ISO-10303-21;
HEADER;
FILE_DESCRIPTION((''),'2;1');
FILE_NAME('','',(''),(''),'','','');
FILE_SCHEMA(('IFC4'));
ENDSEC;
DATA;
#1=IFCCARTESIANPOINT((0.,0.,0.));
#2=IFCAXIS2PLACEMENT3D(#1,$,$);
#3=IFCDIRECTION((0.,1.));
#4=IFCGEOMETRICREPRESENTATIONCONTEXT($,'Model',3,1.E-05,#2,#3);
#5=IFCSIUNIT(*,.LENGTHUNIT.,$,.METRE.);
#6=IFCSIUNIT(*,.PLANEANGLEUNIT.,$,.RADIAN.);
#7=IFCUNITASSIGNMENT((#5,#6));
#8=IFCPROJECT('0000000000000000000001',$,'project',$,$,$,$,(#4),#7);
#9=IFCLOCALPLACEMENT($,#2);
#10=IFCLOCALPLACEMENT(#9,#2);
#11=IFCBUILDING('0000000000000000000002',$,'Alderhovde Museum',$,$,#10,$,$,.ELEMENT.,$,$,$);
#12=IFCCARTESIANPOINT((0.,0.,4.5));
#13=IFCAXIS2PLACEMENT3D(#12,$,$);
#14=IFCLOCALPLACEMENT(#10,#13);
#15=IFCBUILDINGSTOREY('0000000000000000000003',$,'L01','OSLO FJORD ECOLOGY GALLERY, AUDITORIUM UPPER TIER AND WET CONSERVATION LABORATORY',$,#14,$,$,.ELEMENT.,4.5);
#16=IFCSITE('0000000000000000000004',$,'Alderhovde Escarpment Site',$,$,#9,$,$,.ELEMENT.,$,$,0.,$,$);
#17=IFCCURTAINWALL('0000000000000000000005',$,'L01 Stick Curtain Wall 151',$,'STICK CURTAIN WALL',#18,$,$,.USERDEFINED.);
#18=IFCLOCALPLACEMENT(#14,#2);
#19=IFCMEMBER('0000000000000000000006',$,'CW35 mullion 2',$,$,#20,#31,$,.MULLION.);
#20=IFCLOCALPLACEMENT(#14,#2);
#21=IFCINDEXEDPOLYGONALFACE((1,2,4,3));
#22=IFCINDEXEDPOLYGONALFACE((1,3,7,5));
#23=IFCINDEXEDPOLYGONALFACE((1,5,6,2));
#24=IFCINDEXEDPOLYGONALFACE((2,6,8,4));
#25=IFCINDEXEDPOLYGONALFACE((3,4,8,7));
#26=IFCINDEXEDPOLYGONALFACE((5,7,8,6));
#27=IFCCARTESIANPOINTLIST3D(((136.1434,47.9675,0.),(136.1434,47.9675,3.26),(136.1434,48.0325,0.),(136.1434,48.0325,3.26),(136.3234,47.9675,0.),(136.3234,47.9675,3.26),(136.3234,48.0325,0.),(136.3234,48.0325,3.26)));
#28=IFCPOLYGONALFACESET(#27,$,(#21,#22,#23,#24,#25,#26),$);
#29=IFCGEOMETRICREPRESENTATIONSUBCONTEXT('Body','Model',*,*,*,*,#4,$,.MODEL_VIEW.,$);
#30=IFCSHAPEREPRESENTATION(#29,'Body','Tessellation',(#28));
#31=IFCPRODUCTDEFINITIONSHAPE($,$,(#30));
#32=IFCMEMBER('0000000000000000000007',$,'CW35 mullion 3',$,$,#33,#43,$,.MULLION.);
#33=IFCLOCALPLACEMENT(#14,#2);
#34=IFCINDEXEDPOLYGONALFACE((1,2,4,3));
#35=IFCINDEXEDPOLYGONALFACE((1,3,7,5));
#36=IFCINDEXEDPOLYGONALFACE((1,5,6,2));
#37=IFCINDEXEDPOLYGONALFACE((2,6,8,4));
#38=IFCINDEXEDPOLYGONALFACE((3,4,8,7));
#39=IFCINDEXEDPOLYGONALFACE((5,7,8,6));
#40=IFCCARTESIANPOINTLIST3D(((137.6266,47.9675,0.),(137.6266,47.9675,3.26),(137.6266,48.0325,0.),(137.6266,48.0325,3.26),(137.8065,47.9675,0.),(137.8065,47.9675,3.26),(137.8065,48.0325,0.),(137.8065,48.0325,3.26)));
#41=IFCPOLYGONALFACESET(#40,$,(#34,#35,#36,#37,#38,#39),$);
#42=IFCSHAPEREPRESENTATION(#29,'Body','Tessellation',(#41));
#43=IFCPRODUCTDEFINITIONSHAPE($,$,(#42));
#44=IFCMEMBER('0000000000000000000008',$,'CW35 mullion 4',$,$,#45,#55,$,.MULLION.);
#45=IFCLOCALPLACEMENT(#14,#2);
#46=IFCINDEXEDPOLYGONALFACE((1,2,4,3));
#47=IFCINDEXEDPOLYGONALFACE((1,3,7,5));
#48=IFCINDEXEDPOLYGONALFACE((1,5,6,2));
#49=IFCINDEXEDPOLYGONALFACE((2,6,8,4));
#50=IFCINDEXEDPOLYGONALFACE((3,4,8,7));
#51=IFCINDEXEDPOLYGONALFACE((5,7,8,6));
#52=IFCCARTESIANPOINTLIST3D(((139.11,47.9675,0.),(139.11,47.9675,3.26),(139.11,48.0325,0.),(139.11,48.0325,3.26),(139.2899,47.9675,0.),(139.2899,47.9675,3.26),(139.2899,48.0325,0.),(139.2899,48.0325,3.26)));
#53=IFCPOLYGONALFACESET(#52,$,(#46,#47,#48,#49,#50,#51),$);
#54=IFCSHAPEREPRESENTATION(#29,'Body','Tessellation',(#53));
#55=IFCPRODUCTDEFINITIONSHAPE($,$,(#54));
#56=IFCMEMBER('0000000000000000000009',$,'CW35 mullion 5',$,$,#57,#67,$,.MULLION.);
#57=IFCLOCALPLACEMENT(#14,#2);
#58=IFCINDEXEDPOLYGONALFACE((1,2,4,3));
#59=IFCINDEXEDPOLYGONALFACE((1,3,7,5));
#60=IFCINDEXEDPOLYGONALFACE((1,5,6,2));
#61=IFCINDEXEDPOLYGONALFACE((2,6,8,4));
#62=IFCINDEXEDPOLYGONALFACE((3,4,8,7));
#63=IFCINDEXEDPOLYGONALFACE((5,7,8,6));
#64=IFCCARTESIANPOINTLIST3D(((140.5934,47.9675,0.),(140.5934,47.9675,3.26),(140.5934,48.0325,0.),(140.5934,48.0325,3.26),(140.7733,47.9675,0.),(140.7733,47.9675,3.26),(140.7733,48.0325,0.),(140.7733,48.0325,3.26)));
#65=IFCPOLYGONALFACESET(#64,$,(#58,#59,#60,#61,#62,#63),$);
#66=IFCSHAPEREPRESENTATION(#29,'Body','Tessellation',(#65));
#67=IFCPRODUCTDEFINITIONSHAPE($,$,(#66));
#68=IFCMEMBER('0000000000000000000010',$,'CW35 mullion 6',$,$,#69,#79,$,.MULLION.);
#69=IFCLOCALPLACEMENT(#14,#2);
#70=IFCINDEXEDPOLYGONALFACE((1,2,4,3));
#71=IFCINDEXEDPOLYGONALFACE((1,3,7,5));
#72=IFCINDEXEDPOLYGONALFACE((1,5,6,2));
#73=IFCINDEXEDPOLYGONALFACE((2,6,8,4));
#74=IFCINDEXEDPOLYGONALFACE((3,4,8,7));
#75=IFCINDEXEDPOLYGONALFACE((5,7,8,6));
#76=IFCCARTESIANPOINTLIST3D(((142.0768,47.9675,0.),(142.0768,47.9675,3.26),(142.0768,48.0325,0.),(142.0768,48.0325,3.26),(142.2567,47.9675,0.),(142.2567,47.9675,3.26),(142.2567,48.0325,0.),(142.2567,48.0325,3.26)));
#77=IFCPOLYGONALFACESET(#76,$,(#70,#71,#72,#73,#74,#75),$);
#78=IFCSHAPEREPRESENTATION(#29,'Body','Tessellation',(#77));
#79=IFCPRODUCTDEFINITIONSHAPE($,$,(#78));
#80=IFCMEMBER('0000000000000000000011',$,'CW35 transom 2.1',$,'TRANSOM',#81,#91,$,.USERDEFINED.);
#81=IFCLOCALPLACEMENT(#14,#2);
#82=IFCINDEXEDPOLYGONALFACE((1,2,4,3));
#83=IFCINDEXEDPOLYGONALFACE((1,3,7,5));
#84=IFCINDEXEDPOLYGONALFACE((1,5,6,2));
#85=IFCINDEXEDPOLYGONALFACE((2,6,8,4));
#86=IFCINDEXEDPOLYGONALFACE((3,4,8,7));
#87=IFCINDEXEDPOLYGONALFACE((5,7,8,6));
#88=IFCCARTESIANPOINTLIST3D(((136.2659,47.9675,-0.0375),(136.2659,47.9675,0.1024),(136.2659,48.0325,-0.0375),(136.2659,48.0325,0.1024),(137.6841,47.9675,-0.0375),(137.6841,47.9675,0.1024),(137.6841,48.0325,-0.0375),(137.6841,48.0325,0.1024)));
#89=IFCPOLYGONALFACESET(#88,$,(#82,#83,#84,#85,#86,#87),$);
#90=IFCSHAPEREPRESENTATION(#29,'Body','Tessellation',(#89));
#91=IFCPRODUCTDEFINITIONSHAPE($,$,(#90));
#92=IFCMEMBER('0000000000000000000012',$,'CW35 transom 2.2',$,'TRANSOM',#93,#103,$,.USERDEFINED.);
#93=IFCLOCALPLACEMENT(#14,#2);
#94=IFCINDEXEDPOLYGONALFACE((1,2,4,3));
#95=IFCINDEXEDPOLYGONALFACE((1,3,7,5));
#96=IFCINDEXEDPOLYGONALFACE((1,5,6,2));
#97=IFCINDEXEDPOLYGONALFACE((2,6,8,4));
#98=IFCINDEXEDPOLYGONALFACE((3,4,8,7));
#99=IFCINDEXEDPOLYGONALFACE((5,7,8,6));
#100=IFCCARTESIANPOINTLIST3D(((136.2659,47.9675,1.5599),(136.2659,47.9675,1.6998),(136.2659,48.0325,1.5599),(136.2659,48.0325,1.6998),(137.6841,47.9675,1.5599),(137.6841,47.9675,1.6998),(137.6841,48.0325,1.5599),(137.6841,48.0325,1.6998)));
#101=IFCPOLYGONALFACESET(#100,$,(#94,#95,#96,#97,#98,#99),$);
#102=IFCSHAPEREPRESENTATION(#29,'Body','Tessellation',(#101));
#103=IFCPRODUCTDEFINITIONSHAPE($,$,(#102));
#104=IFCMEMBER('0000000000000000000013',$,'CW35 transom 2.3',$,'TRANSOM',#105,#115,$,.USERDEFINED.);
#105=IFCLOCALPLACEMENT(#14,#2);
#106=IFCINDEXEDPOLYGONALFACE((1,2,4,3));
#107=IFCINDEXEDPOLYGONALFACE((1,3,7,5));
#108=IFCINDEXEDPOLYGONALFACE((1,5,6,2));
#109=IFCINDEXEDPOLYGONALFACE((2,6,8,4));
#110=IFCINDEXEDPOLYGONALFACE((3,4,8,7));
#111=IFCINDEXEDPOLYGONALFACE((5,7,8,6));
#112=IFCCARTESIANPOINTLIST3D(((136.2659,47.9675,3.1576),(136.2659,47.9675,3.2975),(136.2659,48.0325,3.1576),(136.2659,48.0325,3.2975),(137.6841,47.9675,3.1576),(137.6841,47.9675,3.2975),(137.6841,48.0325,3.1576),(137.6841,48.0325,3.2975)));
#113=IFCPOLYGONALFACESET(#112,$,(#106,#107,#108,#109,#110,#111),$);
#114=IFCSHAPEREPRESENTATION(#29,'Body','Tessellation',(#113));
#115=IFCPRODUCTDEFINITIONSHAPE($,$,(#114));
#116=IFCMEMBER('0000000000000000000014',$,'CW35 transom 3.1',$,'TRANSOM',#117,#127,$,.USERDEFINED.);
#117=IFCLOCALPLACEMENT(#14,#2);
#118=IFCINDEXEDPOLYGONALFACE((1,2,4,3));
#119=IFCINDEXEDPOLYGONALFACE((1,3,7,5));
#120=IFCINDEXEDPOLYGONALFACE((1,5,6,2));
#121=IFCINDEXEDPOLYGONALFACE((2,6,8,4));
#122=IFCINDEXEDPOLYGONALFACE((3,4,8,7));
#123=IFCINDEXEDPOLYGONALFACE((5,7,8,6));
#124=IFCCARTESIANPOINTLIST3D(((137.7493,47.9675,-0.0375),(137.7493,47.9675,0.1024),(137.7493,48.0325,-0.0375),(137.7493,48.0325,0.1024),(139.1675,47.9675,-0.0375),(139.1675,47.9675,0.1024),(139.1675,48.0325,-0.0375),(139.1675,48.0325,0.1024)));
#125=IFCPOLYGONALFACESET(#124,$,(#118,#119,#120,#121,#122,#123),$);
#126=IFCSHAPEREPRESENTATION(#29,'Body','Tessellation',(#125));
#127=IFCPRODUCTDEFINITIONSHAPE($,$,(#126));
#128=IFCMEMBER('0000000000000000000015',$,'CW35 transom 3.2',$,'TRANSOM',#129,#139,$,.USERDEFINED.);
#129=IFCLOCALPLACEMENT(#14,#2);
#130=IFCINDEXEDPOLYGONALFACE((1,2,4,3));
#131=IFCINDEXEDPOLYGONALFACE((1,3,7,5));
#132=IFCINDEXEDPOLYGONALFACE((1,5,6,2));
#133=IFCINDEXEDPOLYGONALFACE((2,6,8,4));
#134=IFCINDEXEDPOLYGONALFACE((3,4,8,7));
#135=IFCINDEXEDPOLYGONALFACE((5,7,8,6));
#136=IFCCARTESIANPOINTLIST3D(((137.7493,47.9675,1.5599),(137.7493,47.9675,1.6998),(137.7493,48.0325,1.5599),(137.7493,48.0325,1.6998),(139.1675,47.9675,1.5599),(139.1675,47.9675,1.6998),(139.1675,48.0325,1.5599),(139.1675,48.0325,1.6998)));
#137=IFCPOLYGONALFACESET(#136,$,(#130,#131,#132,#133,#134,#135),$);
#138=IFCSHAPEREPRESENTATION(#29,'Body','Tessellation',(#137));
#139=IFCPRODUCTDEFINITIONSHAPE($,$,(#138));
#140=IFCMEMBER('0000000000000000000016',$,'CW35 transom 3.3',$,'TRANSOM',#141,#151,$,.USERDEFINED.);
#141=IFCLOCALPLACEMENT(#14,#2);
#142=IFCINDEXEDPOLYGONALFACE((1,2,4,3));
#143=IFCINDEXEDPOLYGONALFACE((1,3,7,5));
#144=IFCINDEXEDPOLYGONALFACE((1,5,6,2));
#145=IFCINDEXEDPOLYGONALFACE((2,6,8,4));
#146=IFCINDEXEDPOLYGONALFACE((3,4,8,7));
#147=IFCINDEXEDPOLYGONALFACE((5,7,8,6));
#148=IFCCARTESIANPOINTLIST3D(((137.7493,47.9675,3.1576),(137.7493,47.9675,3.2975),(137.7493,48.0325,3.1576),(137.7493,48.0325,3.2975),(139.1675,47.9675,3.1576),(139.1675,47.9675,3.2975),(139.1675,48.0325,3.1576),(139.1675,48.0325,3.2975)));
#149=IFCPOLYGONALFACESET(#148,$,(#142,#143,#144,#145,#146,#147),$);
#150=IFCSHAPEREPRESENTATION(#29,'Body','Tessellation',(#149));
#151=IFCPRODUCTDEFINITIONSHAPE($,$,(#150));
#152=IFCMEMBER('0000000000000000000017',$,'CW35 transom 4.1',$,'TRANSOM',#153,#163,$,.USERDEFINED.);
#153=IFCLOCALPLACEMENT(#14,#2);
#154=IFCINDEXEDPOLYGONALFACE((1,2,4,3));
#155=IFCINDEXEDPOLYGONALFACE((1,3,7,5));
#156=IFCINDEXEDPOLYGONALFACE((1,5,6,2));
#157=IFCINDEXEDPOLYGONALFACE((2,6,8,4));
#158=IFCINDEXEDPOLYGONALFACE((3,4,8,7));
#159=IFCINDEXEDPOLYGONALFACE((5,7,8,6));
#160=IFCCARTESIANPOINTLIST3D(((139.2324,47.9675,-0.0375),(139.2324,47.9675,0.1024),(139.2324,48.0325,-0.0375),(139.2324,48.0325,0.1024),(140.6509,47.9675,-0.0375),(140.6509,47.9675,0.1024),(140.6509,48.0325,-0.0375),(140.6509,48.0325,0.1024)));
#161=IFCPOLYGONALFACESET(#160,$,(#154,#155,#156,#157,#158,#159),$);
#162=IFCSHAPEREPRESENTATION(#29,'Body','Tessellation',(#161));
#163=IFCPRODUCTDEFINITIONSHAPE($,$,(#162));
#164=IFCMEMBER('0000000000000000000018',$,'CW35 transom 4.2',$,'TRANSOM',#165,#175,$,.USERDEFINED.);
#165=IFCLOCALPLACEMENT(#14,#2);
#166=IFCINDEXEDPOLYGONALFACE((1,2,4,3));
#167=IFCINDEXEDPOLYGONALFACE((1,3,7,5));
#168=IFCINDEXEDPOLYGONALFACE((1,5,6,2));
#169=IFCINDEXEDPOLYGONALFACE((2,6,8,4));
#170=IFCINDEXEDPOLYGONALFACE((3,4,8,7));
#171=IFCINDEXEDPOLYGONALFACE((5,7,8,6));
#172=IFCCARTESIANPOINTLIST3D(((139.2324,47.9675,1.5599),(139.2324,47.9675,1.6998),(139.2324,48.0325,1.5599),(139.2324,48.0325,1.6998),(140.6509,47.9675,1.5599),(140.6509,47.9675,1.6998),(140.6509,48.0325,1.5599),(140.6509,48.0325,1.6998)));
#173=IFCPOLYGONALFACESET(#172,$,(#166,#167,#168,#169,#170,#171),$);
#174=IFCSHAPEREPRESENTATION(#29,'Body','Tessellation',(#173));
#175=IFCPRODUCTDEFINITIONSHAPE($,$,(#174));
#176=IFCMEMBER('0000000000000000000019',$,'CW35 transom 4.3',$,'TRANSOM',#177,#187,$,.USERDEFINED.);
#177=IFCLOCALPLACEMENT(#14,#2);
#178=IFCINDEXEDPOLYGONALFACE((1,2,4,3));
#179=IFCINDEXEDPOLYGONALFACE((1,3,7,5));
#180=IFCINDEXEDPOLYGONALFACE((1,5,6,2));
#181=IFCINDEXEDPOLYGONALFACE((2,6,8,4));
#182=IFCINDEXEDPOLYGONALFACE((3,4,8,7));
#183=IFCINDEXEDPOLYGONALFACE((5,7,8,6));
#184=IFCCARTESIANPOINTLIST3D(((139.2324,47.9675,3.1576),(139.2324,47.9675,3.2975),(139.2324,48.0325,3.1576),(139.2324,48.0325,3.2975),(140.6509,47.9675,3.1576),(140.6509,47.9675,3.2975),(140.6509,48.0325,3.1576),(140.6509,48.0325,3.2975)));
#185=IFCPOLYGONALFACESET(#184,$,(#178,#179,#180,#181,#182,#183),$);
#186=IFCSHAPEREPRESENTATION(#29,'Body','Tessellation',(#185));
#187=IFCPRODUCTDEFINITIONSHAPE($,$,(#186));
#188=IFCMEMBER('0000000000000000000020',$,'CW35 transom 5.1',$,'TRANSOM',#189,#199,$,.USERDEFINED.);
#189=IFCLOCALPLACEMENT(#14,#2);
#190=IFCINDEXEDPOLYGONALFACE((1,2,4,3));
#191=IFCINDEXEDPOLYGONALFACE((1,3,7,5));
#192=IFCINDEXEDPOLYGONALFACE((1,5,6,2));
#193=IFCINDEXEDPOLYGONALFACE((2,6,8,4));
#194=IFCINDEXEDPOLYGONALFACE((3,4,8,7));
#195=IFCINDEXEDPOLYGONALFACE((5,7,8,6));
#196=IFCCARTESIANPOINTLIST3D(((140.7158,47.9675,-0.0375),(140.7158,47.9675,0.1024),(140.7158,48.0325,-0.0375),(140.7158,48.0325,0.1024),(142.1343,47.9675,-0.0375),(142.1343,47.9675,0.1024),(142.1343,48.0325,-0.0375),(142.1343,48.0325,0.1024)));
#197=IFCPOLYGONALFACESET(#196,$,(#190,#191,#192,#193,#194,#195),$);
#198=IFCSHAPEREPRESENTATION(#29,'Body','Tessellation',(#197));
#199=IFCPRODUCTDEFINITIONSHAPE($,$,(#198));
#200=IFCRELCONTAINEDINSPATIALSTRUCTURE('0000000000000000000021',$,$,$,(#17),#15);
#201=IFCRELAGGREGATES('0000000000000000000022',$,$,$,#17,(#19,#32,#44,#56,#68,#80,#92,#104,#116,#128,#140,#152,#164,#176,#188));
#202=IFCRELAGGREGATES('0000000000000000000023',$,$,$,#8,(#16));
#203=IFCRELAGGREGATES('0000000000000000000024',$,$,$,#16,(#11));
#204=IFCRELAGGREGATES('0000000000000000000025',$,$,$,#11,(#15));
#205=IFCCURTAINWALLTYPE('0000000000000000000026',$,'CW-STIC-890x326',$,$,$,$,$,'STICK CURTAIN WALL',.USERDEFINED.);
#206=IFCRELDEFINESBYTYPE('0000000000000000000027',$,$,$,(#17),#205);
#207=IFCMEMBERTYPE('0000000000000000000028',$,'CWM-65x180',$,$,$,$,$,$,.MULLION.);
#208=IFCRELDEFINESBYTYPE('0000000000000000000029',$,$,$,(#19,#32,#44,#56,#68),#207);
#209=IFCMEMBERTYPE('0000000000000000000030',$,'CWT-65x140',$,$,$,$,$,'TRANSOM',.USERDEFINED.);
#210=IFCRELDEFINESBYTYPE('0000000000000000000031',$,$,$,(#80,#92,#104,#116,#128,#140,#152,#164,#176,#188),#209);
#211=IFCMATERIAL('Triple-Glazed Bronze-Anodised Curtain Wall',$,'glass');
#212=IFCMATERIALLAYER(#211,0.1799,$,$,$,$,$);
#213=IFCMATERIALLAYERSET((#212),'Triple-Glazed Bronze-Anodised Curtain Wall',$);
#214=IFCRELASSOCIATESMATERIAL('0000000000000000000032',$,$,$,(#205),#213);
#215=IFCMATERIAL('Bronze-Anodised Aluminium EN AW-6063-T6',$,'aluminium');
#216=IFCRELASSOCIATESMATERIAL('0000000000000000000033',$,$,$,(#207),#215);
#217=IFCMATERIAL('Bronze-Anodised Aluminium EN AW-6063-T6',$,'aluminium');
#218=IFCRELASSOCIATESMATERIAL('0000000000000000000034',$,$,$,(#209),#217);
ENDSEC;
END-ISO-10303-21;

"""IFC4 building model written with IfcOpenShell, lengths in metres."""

from ifc_helpers import new_model, si_unit, direction, frame, origin, origin_2d, place, context, subcontext, project, spatial, rectangle, extrude, material, layer, layer_set, material_profile, profile_set, type_object, element, aggregate, save


model = new_model("IFC4")

# Units and contexts
model_context = context("Model", 3, precision=1e-05, world=origin(), true_north=direction((0.0, 1.0)))
body_context = subcontext(model_context, "Body", "Model", "MODEL_VIEW")
ifc_project = project(units=[si_unit("LENGTHUNIT", "METRE"), si_unit("PLANEANGLEUNIT", "RADIAN")], contexts=[model_context])

# Site, building, storey
site_placement = place(None, origin())
site = spatial("IfcSite", under=ifc_project, at=site_placement, Name="Alderhovde Escarpment Site", CompositionType="ELEMENT", RefElevation=0.0)
building_placement = place(site_placement, origin())
building = spatial("IfcBuilding", under=site, at=building_placement, Name="Alderhovde Museum", CompositionType="ELEMENT")
storey_placement = place(building_placement, frame((0.0, 0.0, 4.5)))
storey = spatial("IfcBuildingStorey", under=building, at=storey_placement, Name="L01", Description="OSLO FJORD ECOLOGY GALLERY, AUDITORIUM UPPER TIER AND WET CONSERVATION LABORATORY", CompositionType="ELEMENT", Elevation=4.5)

# Curtain wall, members
ifc_material_1 = material(Name="Triple-Glazed Bronze-Anodised Curtain Wall", Category="glass")
ifc_layer_1 = layer(ifc_material_1, 0.1799)
ifc_layer_set_1 = layer_set([ifc_layer_1], Name="Triple-Glazed Bronze-Anodised Curtain Wall")
curtain_wall_type = type_object("IfcCurtainWallType", Name="CW-STIC-890x326", ElementType="STICK CURTAIN WALL", PredefinedType="USERDEFINED", material=ifc_layer_set_1)
curtain_wall_placement = place(storey_placement, origin())
curtain_wall = element("IfcCurtainWall", 1, at=curtain_wall_placement, inside=storey, type_object=curtain_wall_type, Name="L01 Stick Curtain Wall 151", ObjectType="STICK CURTAIN WALL", PredefinedType="USERDEFINED")
ifc_material_2 = material(Name="Bronze-Anodised Aluminium EN AW-6063-T6", Category="aluminium")
ifc_material_profile_1 = material_profile(ifc_material_2, rectangle(XDim=0.0649, YDim=0.1799, at=origin_2d()), Name="MULLION 65x180")
ifc_profile_set_1 = profile_set([ifc_material_profile_1], Name="Bronze-Anodised Aluminium EN AW-6063-T6")
member_type_1 = type_object("IfcMemberType", Name="CWM-65x180", PredefinedType="MULLION", material=ifc_profile_set_1)
member_1_placement = place(storey_placement, frame((136.2334, 48.0, 0.0), z_axis=(0.0, 0.0, 1.0), x_axis=(0.0, 1.0, 0.0)))
member_1 = element("IfcMember", 2, at=member_1_placement, type_object=member_type_1, Name="CW35 mullion 2", PredefinedType="MULLION", context=body_context, shape_type="SweptSolid", body=[
    extrude(rectangle(XDim=0.0649, YDim=0.1799, at=origin_2d()), origin(), (0.0, 0.0, 1.0), 3.26),
])
member_2_placement = place(storey_placement, frame((137.7166, 48.0, 0.0), z_axis=(0.0, 0.0, 1.0), x_axis=(0.0, 1.0, 0.0)))
member_2 = element("IfcMember", 3, at=member_2_placement, type_object=member_type_1, Name="CW35 mullion 3", PredefinedType="MULLION", context=body_context, shape_type="SweptSolid", body=[
    extrude(rectangle(XDim=0.0649, YDim=0.1799, at=origin_2d()), origin(), (0.0, 0.0, 1.0), 3.26),
])
member_3_placement = place(storey_placement, frame((139.2, 48.0, 0.0), z_axis=(0.0, 0.0, 1.0), x_axis=(0.0, 1.0, 0.0)))
member_3 = element("IfcMember", 4, at=member_3_placement, type_object=member_type_1, Name="CW35 mullion 4", PredefinedType="MULLION", context=body_context, shape_type="SweptSolid", body=[
    extrude(rectangle(XDim=0.0649, YDim=0.1799, at=origin_2d()), origin(), (0.0, 0.0, 1.0), 3.26),
])
member_4_placement = place(storey_placement, frame((140.6833, 48.0, 0.0), z_axis=(0.0, 0.0, 1.0), x_axis=(0.0, 1.0, 0.0)))
member_4 = element("IfcMember", 5, at=member_4_placement, type_object=member_type_1, Name="CW35 mullion 5", PredefinedType="MULLION", context=body_context, shape_type="SweptSolid", body=[
    extrude(rectangle(XDim=0.0649, YDim=0.1799, at=origin_2d()), origin(), (0.0, 0.0, 1.0), 3.26),
])
member_5_placement = place(storey_placement, frame((142.1667, 48.0, 0.0), z_axis=(0.0, 0.0, 1.0), x_axis=(0.0, 1.0, 0.0)))
member_5 = element("IfcMember", 6, at=member_5_placement, type_object=member_type_1, Name="CW35 mullion 6", PredefinedType="MULLION", context=body_context, shape_type="SweptSolid", body=[
    extrude(rectangle(XDim=0.0649, YDim=0.1799, at=origin_2d()), origin(), (0.0, 0.0, 1.0), 3.26),
])
ifc_material_3 = material(Name="Bronze-Anodised Aluminium EN AW-6063-T6", Category="aluminium")
ifc_material_profile_2 = material_profile(ifc_material_3, rectangle(XDim=0.0649, YDim=0.1399, at=origin_2d()), Name="TRANSOM 65x140")
ifc_profile_set_2 = profile_set([ifc_material_profile_2], Name="Bronze-Anodised Aluminium EN AW-6063-T6")
member_type_2 = type_object("IfcMemberType", Name="CWT-65x140", ElementType="TRANSOM", PredefinedType="USERDEFINED", material=ifc_profile_set_2)
member_6_placement = place(storey_placement, frame((136.2659, 48.0, 0.0325), z_axis=(1.0, 0.0, 0.0), x_axis=(0.0, 1.0, 0.0)))
member_6 = element("IfcMember", 7, at=member_6_placement, type_object=member_type_2, Name="CW35 transom 2.1", ObjectType="TRANSOM", PredefinedType="USERDEFINED", context=body_context, shape_type="SweptSolid", body=[
    extrude(rectangle(XDim=0.0649, YDim=0.1399, at=origin_2d()), origin(), (0.0, 0.0, 1.0), 1.4182),
])
member_7_placement = place(storey_placement, frame((136.2659, 48.0, 1.6299), z_axis=(1.0, 0.0, 0.0), x_axis=(0.0, 1.0, 0.0)))
member_7 = element("IfcMember", 8, at=member_7_placement, type_object=member_type_2, Name="CW35 transom 2.2", ObjectType="TRANSOM", PredefinedType="USERDEFINED", context=body_context, shape_type="SweptSolid", body=[
    extrude(rectangle(XDim=0.0649, YDim=0.1399, at=origin_2d()), origin(), (0.0, 0.0, 1.0), 1.4182),
])
member_8_placement = place(storey_placement, frame((136.2659, 48.0, 3.2275), z_axis=(1.0, 0.0, 0.0), x_axis=(0.0, 1.0, 0.0)))
member_8 = element("IfcMember", 9, at=member_8_placement, type_object=member_type_2, Name="CW35 transom 2.3", ObjectType="TRANSOM", PredefinedType="USERDEFINED", context=body_context, shape_type="SweptSolid", body=[
    extrude(rectangle(XDim=0.0649, YDim=0.1399, at=origin_2d()), origin(), (0.0, 0.0, 1.0), 1.4182),
])
member_9_placement = place(storey_placement, frame((137.7493, 48.0, 0.0325), z_axis=(1.0, 0.0, 0.0), x_axis=(0.0, 1.0, 0.0)))
member_9 = element("IfcMember", 10, at=member_9_placement, type_object=member_type_2, Name="CW35 transom 3.1", ObjectType="TRANSOM", PredefinedType="USERDEFINED", context=body_context, shape_type="SweptSolid", body=[
    extrude(rectangle(XDim=0.0649, YDim=0.1399, at=origin_2d()), origin(), (0.0, 0.0, 1.0), 1.4182),
])
member_10_placement = place(storey_placement, frame((137.7493, 48.0, 1.6299), z_axis=(1.0, 0.0, 0.0), x_axis=(0.0, 1.0, 0.0)))
member_10 = element("IfcMember", 11, at=member_10_placement, type_object=member_type_2, Name="CW35 transom 3.2", ObjectType="TRANSOM", PredefinedType="USERDEFINED", context=body_context, shape_type="SweptSolid", body=[
    extrude(rectangle(XDim=0.0649, YDim=0.1399, at=origin_2d()), origin(), (0.0, 0.0, 1.0), 1.4182),
])
member_11_placement = place(storey_placement, frame((137.7493, 48.0, 3.2275), z_axis=(1.0, 0.0, 0.0), x_axis=(0.0, 1.0, 0.0)))
member_11 = element("IfcMember", 12, at=member_11_placement, type_object=member_type_2, Name="CW35 transom 3.3", ObjectType="TRANSOM", PredefinedType="USERDEFINED", context=body_context, shape_type="SweptSolid", body=[
    extrude(rectangle(XDim=0.0649, YDim=0.1399, at=origin_2d()), origin(), (0.0, 0.0, 1.0), 1.4182),
])
member_12_placement = place(storey_placement, frame((139.2324, 48.0, 0.0325), z_axis=(1.0, 0.0, 0.0), x_axis=(0.0, 1.0, 0.0)))
member_12 = element("IfcMember", 13, at=member_12_placement, type_object=member_type_2, Name="CW35 transom 4.1", ObjectType="TRANSOM", PredefinedType="USERDEFINED", context=body_context, shape_type="SweptSolid", body=[
    extrude(rectangle(XDim=0.0649, YDim=0.1399, at=origin_2d()), origin(), (0.0, 0.0, 1.0), 1.4185),
])
member_13_placement = place(storey_placement, frame((139.2324, 48.0, 1.6299), z_axis=(1.0, 0.0, 0.0), x_axis=(0.0, 1.0, 0.0)))
member_13 = element("IfcMember", 14, at=member_13_placement, type_object=member_type_2, Name="CW35 transom 4.2", ObjectType="TRANSOM", PredefinedType="USERDEFINED", context=body_context, shape_type="SweptSolid", body=[
    extrude(rectangle(XDim=0.0649, YDim=0.1399, at=origin_2d()), origin(), (0.0, 0.0, 1.0), 1.4185),
])
member_14_placement = place(storey_placement, frame((139.2324, 48.0, 3.2275), z_axis=(1.0, 0.0, 0.0), x_axis=(0.0, 1.0, 0.0)))
member_14 = element("IfcMember", 15, at=member_14_placement, type_object=member_type_2, Name="CW35 transom 4.3", ObjectType="TRANSOM", PredefinedType="USERDEFINED", context=body_context, shape_type="SweptSolid", body=[
    extrude(rectangle(XDim=0.0649, YDim=0.1399, at=origin_2d()), origin(), (0.0, 0.0, 1.0), 1.4185),
])
member_15_placement = place(storey_placement, frame((140.7158, 48.0, 0.0325), z_axis=(1.0, 0.0, 0.0), x_axis=(0.0, 1.0, 0.0)))
member_15 = element("IfcMember", 16, at=member_15_placement, type_object=member_type_2, Name="CW35 transom 5.1", ObjectType="TRANSOM", PredefinedType="USERDEFINED", context=body_context, shape_type="SweptSolid", body=[
    extrude(rectangle(XDim=0.0649, YDim=0.1399, at=origin_2d()), origin(), (0.0, 0.0, 1.0), 1.4185),
])
aggregate(curtain_wall, [member_1, member_2, member_3, member_4, member_5, member_6, member_7, member_8, member_9, member_10, member_11, member_12, member_13, member_14, member_15])

save(model, "model.ifc")
